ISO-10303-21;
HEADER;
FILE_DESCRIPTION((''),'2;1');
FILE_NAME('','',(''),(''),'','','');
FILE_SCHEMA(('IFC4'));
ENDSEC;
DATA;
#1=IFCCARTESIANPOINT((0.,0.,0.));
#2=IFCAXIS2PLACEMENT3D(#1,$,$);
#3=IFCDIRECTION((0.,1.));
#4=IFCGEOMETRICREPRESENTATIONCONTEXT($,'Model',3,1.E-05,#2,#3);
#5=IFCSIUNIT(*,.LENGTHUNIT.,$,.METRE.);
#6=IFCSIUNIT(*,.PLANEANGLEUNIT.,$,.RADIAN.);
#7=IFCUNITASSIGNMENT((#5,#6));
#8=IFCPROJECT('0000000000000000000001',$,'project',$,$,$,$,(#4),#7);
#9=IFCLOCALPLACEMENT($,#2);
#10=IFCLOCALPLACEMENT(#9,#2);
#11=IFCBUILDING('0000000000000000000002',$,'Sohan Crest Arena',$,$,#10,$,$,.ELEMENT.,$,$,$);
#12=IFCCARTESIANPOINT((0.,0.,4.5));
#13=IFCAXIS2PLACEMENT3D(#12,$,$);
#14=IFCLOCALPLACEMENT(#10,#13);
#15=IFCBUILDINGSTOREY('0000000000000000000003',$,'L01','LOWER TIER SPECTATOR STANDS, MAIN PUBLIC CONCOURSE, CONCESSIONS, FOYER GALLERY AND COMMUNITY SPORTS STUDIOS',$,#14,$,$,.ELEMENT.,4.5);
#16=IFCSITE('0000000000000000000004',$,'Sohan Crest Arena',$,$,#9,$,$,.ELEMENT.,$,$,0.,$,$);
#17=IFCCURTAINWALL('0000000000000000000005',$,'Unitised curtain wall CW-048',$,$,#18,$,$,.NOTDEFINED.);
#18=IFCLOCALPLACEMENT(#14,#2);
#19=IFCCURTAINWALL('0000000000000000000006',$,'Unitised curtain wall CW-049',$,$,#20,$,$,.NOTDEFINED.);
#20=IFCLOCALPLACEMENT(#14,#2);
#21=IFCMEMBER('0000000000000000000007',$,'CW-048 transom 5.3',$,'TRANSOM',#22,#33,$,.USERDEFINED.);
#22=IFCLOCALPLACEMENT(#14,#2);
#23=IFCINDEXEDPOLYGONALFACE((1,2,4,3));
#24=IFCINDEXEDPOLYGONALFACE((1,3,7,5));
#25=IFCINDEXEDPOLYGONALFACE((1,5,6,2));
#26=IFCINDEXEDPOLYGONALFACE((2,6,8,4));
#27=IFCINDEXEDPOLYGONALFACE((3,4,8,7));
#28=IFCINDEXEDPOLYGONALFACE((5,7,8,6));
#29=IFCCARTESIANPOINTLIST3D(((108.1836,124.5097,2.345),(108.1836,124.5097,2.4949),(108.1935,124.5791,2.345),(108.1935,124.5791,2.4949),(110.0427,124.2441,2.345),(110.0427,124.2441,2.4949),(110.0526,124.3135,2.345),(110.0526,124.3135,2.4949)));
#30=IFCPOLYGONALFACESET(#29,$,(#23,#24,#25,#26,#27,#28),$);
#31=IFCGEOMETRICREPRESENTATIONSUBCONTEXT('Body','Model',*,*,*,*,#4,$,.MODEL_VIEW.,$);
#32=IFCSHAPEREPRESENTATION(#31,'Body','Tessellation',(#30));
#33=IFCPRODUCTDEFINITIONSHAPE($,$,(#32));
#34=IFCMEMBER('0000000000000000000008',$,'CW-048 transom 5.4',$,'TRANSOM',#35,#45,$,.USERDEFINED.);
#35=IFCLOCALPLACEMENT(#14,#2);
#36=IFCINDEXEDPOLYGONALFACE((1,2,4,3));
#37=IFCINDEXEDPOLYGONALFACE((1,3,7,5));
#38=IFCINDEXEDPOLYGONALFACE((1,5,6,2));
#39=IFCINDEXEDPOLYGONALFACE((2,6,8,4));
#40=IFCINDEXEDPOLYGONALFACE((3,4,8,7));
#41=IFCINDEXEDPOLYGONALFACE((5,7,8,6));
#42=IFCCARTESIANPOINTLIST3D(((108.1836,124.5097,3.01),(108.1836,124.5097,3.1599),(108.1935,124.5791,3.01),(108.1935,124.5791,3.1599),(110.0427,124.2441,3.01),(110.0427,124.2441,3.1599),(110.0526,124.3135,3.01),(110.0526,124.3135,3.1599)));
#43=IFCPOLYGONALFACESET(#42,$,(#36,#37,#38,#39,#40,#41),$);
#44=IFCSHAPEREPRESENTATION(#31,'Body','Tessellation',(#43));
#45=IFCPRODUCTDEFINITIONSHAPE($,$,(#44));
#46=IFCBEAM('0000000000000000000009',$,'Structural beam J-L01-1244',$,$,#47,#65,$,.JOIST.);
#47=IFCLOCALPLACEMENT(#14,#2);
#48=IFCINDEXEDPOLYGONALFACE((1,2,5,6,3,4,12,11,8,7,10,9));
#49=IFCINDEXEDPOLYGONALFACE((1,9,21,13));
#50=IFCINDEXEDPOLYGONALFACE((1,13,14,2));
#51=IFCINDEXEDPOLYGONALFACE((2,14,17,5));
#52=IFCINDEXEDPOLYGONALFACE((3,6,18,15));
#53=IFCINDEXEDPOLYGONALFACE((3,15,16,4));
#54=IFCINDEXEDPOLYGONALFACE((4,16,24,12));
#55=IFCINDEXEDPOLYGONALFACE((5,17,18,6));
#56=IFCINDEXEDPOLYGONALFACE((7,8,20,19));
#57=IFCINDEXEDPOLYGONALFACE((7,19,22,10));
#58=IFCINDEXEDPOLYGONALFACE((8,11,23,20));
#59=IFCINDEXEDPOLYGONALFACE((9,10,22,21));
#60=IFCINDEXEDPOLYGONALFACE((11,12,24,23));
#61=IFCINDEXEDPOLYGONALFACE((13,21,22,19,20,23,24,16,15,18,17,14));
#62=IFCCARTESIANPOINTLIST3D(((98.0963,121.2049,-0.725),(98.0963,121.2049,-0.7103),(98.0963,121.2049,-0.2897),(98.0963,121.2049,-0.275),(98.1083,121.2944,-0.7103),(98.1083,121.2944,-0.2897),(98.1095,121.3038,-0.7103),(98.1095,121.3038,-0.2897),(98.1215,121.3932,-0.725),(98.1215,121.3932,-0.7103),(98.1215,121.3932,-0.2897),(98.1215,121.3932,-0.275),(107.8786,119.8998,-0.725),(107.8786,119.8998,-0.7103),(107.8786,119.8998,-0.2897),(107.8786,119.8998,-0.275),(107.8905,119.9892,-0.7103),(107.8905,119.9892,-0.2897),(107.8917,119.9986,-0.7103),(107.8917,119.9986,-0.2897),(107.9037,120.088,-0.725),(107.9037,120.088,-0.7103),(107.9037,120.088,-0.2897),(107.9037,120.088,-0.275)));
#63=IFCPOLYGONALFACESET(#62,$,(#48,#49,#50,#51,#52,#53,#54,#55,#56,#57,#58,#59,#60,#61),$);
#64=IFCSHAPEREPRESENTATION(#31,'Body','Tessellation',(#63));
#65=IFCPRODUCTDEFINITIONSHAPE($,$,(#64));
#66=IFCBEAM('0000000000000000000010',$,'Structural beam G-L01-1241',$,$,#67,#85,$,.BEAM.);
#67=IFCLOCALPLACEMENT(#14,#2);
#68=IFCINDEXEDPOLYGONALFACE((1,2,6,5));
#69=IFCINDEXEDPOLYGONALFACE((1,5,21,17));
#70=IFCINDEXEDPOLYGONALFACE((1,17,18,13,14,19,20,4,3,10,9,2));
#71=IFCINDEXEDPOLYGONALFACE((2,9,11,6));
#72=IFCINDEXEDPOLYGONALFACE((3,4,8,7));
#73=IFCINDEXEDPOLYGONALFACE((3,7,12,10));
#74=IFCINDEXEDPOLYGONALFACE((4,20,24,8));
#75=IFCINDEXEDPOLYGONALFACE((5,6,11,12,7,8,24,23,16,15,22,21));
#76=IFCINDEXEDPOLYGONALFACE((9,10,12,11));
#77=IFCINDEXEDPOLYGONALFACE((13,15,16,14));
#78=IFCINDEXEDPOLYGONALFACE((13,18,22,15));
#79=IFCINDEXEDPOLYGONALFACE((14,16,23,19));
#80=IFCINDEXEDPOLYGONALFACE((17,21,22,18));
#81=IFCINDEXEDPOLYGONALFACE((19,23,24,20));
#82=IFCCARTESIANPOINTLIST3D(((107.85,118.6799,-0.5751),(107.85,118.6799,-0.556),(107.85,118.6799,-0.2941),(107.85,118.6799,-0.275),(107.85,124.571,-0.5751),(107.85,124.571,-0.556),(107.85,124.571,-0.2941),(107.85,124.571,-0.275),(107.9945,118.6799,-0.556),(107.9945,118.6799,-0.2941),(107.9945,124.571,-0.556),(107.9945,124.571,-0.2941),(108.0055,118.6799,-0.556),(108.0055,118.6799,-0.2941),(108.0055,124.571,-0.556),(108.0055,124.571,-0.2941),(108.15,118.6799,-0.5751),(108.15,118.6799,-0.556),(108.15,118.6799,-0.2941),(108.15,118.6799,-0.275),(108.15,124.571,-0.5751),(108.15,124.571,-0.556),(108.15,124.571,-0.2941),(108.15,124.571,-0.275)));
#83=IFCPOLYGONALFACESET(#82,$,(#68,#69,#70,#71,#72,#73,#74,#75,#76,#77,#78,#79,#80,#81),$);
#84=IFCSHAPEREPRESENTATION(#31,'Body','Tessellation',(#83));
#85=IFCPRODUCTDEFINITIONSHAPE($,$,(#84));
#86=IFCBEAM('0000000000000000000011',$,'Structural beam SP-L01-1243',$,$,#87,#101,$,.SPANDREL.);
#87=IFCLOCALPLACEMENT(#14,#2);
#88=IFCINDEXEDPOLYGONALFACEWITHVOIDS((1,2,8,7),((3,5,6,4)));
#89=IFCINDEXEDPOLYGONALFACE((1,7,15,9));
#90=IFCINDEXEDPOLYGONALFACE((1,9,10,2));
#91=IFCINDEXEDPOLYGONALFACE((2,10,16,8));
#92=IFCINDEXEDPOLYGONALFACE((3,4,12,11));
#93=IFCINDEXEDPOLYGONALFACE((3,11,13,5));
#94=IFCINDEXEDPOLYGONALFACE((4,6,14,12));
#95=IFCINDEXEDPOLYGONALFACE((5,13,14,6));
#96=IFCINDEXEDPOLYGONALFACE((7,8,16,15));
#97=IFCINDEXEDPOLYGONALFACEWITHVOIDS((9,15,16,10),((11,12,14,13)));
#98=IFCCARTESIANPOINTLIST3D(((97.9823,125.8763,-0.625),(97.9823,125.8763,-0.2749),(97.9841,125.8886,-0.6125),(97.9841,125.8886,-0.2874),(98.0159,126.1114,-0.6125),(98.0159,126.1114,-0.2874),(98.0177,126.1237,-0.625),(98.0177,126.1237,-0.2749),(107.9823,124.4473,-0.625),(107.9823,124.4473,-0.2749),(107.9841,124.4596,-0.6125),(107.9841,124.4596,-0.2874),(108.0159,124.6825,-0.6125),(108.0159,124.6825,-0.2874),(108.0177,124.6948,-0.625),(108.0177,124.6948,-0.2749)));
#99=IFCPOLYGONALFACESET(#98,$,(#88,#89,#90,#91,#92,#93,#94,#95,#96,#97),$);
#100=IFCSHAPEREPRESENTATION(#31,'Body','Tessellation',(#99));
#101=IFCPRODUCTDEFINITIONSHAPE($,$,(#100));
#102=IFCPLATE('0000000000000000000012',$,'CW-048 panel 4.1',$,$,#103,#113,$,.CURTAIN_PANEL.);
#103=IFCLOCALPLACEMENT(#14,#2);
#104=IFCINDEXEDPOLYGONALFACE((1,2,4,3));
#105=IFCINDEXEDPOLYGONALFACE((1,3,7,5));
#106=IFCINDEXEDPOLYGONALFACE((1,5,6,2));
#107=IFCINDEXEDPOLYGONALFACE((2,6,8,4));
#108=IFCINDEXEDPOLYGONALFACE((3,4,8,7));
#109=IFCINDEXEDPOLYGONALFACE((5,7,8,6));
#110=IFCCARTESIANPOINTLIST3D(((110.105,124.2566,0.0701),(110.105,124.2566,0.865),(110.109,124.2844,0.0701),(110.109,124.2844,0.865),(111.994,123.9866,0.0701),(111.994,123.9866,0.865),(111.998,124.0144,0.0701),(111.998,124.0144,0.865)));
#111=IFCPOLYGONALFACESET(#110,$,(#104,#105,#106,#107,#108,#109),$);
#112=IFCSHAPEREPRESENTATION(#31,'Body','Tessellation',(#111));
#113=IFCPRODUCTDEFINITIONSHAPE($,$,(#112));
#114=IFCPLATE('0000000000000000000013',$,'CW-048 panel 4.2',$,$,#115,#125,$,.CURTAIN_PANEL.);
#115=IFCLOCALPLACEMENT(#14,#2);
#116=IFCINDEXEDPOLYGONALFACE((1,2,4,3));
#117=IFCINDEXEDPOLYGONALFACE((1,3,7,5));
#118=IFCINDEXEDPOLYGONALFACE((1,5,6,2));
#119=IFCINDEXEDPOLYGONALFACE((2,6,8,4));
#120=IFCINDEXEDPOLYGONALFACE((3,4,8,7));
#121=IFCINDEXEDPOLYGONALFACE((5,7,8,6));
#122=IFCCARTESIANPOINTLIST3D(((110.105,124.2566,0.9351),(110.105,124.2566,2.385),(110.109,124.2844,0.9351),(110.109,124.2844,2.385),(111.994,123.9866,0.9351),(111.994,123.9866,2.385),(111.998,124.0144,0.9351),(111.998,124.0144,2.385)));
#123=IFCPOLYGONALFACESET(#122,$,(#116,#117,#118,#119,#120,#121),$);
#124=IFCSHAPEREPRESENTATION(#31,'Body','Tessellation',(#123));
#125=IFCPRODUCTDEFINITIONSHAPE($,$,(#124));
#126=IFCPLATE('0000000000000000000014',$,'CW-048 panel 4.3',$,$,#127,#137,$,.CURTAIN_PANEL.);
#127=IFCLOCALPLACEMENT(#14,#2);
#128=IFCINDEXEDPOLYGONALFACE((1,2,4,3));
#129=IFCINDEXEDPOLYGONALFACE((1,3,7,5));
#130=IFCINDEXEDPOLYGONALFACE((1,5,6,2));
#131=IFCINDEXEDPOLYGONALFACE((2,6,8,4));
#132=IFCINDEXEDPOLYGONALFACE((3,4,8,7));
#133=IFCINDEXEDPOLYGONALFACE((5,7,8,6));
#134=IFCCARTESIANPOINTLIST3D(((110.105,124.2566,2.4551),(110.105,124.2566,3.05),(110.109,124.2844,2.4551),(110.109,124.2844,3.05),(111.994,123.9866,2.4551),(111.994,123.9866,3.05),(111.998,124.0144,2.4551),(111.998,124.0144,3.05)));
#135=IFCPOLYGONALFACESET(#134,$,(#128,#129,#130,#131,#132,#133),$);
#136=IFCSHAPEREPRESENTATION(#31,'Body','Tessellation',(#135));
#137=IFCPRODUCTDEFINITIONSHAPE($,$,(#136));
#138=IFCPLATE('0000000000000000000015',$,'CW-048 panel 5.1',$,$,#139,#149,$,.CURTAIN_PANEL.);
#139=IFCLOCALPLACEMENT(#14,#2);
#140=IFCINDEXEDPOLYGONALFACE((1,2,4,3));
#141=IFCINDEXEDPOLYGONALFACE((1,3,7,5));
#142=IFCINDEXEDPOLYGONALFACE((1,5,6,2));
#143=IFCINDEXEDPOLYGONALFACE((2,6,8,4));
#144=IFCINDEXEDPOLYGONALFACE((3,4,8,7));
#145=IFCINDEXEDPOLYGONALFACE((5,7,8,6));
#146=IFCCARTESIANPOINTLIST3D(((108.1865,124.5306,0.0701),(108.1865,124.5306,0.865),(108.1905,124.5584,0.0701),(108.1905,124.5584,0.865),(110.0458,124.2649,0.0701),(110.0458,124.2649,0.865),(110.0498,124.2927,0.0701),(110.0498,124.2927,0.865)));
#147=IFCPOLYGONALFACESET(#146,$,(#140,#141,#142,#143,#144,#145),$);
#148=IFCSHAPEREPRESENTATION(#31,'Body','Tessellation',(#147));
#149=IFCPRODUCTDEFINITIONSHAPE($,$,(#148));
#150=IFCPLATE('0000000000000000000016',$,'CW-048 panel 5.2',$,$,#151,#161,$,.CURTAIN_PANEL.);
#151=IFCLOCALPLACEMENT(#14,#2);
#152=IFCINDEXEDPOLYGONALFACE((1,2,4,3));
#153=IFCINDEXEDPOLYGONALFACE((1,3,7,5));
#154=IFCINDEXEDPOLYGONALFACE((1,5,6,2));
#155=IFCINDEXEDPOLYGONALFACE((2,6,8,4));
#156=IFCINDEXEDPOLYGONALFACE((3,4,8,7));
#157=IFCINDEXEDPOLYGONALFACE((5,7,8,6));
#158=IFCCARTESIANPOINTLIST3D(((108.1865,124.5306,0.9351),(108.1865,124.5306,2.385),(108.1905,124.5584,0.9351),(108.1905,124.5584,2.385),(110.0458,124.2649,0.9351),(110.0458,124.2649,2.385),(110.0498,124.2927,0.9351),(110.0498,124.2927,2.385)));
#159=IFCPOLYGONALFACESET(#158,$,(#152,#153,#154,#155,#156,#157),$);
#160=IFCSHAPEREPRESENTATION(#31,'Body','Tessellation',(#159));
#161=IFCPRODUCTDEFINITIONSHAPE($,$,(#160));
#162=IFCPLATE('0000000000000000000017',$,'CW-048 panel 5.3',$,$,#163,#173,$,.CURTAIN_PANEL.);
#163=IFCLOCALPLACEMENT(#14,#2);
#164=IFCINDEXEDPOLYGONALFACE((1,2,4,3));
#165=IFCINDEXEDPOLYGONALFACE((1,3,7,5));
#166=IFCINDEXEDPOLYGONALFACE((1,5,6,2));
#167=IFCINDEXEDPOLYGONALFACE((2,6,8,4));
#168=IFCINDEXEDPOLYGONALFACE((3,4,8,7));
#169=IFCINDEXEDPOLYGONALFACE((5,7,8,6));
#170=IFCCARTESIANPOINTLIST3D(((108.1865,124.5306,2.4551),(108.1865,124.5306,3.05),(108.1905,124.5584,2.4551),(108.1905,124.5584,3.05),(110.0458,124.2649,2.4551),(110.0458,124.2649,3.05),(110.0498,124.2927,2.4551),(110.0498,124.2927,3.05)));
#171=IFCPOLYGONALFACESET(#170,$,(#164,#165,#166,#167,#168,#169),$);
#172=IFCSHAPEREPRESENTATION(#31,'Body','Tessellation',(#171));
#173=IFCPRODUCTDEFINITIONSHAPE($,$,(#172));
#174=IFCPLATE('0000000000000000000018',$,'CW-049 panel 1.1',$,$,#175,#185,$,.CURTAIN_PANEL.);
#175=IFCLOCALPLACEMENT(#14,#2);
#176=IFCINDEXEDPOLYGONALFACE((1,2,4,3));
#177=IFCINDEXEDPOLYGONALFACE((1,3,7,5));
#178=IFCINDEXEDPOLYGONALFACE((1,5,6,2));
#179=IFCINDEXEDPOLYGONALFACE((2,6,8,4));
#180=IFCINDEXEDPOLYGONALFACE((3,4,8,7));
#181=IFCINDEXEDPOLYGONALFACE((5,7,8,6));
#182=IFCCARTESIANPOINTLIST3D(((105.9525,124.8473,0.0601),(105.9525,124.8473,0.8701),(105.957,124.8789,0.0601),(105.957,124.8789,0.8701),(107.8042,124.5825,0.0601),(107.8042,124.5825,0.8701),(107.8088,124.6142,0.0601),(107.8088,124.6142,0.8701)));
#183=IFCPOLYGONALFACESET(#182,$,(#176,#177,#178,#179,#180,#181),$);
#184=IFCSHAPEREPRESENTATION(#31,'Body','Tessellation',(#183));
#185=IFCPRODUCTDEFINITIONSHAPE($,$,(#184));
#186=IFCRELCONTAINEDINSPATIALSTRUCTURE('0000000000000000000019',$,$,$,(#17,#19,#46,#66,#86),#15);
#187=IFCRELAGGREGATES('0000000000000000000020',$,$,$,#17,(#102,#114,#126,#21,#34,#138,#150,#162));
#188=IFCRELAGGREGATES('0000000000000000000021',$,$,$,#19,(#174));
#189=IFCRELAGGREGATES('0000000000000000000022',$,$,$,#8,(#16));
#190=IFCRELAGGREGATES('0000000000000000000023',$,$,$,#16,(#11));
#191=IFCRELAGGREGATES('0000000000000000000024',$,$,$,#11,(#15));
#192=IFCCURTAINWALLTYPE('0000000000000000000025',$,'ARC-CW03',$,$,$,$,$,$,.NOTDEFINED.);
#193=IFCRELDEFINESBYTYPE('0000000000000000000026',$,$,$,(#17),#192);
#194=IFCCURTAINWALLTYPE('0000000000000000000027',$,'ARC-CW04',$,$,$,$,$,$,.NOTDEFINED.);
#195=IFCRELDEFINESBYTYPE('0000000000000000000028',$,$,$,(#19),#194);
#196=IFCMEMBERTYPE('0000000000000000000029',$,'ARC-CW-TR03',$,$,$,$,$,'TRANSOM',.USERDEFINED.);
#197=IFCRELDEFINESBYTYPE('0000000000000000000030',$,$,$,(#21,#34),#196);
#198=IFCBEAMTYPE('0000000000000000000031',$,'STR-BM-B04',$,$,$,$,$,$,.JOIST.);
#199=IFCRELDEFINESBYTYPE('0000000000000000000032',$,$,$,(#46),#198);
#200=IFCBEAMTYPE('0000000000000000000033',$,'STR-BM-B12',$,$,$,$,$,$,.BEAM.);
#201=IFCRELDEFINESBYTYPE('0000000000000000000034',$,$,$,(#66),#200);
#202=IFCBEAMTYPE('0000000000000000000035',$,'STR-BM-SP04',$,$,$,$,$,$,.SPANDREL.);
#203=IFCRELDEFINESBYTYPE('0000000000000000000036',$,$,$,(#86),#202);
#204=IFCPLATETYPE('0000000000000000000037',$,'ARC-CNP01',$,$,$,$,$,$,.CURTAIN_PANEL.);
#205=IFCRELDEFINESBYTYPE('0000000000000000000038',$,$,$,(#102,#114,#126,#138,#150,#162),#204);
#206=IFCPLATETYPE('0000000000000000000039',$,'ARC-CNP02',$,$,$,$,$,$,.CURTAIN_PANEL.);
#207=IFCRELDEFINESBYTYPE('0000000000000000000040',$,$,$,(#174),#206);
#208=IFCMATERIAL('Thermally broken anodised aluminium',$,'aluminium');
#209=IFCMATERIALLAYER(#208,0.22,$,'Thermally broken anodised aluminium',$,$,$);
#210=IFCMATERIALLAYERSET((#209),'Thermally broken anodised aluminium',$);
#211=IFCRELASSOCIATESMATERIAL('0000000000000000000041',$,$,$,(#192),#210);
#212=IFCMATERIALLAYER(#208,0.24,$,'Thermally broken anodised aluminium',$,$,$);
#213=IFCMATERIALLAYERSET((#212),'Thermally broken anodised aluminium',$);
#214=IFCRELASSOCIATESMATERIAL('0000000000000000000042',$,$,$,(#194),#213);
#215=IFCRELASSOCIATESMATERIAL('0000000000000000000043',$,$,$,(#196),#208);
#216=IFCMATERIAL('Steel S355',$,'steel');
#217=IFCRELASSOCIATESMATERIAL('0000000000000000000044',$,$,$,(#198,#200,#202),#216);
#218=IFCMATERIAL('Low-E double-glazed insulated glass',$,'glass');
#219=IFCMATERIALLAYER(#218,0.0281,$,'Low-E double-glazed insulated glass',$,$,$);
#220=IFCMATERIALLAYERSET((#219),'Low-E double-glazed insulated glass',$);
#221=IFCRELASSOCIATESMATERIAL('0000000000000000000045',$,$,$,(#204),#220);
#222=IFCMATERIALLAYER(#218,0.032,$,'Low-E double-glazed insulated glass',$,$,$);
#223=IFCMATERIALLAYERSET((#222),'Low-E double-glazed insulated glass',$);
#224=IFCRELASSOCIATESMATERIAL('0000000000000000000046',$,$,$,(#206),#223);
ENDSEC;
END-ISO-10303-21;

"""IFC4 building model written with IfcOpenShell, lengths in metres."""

from ifc_helpers import new_model, si_unit, direction, frame, origin, origin_2d, place, context, subcontext, project, spatial, rectangle, hollow_rectangle, i_section, extrude, material, layer, layer_set, material_profile, profile_set, type_object, element, aggregate, save


model = new_model("IFC4")

# Units and contexts
model_context = context("Model", 3, precision=1e-05, world=origin(), true_north=direction((0.0, 1.0)))
body_context = subcontext(model_context, "Body", "Model", "MODEL_VIEW")
ifc_project = project(units=[si_unit("LENGTHUNIT", "METRE"), si_unit("PLANEANGLEUNIT", "RADIAN")], contexts=[model_context])

# Site, building, storey
site_placement = place(None, origin())
site = spatial("IfcSite", under=ifc_project, at=site_placement, Name="Sohan Crest Arena", CompositionType="ELEMENT", RefElevation=0.0)
building_placement = place(site_placement, origin())
building = spatial("IfcBuilding", under=site, at=building_placement, Name="Sohan Crest Arena", CompositionType="ELEMENT")
storey_placement = place(building_placement, frame((0.0, 0.0, 4.5)))
storey = spatial("IfcBuildingStorey", under=building, at=storey_placement, Name="L01", Description="LOWER TIER SPECTATOR STANDS, MAIN PUBLIC CONCOURSE, CONCESSIONS, FOYER GALLERY AND COMMUNITY SPORTS STUDIOS", CompositionType="ELEMENT", Elevation=4.5)

# Shared definitions
ifc_material_1 = material(Name="Steel S355", Category="steel")

# Curtain walls
ifc_material_2 = material(Name="Thermally broken anodised aluminium", Category="aluminium")
ifc_layer_1 = layer(ifc_material_2, 0.22, Name="Thermally broken anodised aluminium")
ifc_layer_set_1 = layer_set([ifc_layer_1], Name="Thermally broken anodised aluminium")
curtain_wall_type_1 = type_object("IfcCurtainWallType", Name="ARC-CW03", PredefinedType="NOTDEFINED", material=ifc_layer_set_1)
curtain_wall_1_placement = place(storey_placement, origin())
curtain_wall_1 = element("IfcCurtainWall", 1, at=curtain_wall_1_placement, inside=storey, type_object=curtain_wall_type_1, Name="Unitised curtain wall CW-048", PredefinedType="NOTDEFINED")
ifc_layer_2 = layer(ifc_material_2, 0.24, Name="Thermally broken anodised aluminium")
ifc_layer_set_2 = layer_set([ifc_layer_2], Name="Thermally broken anodised aluminium")
curtain_wall_type_2 = type_object("IfcCurtainWallType", Name="ARC-CW04", PredefinedType="NOTDEFINED", material=ifc_layer_set_2)
curtain_wall_2_placement = place(storey_placement, origin())
curtain_wall_2 = element("IfcCurtainWall", 2, at=curtain_wall_2_placement, inside=storey, type_object=curtain_wall_type_2, Name="Unitised curtain wall CW-049", PredefinedType="NOTDEFINED")

# Members
ifc_material_profile_1 = material_profile(ifc_material_2, rectangle(XDim=0.0701, YDim=0.1499, at=origin_2d()), Name="ALU-TRAN 70x150")
ifc_profile_set_1 = profile_set([ifc_material_profile_1], Name="Thermally broken anodised aluminium")
member_type_1 = type_object("IfcMemberType", Name="ARC-CW-TR03", ElementType="TRANSOM", PredefinedType="USERDEFINED", material=ifc_profile_set_1)
member_1_placement = place(storey_placement, frame((110.0476, 124.2788, 2.4199), z_axis=(-0.989947, 0.14144, 0.0), x_axis=(-0.14144, -0.989947, 0.0)))
member_1 = element("IfcMember", 3, at=member_1_placement, type_object=member_type_1, Name="CW-048 transom 5.3", ObjectType="TRANSOM", PredefinedType="USERDEFINED", context=body_context, shape_type="SweptSolid", body=[
    extrude(rectangle(XDim=0.0701, YDim=0.1499, at=origin_2d()), origin(), (0.0, 0.0, 1.0), 1.8779),
])
member_2_placement = place(storey_placement, frame((110.0476, 124.2788, 3.085), z_axis=(-0.989947, 0.14144, 0.0), x_axis=(-0.14144, -0.989947, 0.0)))
member_2 = element("IfcMember", 4, at=member_2_placement, type_object=member_type_1, Name="CW-048 transom 5.4", ObjectType="TRANSOM", PredefinedType="USERDEFINED", context=body_context, shape_type="SweptSolid", body=[
    extrude(rectangle(XDim=0.0701, YDim=0.1499, at=origin_2d()), origin(), (0.0, 0.0, 1.0), 1.8779),
])

# Beams
ifc_material_profile_2 = material_profile(ifc_material_1, i_section(OverallWidth=0.1899, OverallDepth=0.45, WebThickness=0.0095, FlangeThickness=0.0146, at=origin_2d()), Name="IPE 450")
ifc_profile_set_2 = profile_set([ifc_material_profile_2], Name="Steel S355")
beam_type_1 = type_object("IfcBeamType", Name="STR-BM-B04", PredefinedType="JOIST", material=ifc_profile_set_2)
beam_1_placement = place(storey_placement, frame((107.8911, 119.9939, -0.5), z_axis=(-0.991216, 0.132251, 0.0), x_axis=(-0.132251, -0.991216, 0.0)))
element("IfcBeam", 5, at=beam_1_placement, inside=storey, type_object=beam_type_1, Name="Structural beam J-L01-1244", PredefinedType="JOIST", context=body_context, shape_type="SweptSolid", body=[
    extrude(i_section(OverallWidth=0.1899, OverallDepth=0.45, WebThickness=0.0095, FlangeThickness=0.0146, at=origin_2d()), origin(), (0.0, 0.0, 1.0), 9.8689),
])
ifc_material_profile_3 = material_profile(ifc_material_1, i_section(OverallWidth=0.3, OverallDepth=0.3, WebThickness=0.011, FlangeThickness=0.019, at=origin_2d()), Name="HEB 300")
ifc_profile_set_3 = profile_set([ifc_material_profile_3], Name="Steel S355")
beam_type_2 = type_object("IfcBeamType", Name="STR-BM-B12", PredefinedType="BEAM", material=ifc_profile_set_3)
beam_2_placement = place(storey_placement, frame((108.0, 118.6799, -0.425), z_axis=(0.0, 1.0, 0.0), x_axis=(-1.0, 0.0, 0.0)))
element("IfcBeam", 6, at=beam_2_placement, inside=storey, type_object=beam_type_2, Name="Structural beam G-L01-1241", PredefinedType="BEAM", context=body_context, shape_type="SweptSolid", body=[
    extrude(i_section(OverallWidth=0.3, OverallDepth=0.3, WebThickness=0.011, FlangeThickness=0.019, at=origin_2d()), origin(), (0.0, 0.0, 1.0), 5.8911),
])
ifc_material_profile_4 = material_profile(ifc_material_1, hollow_rectangle(XDim=0.25, YDim=0.3501, WallThickness=0.0125, at=origin_2d()), Name="RHS 350x250x12.5")
ifc_profile_set_4 = profile_set([ifc_material_profile_4], Name="Steel S355")
beam_type_3 = type_object("IfcBeamType", Name="STR-BM-SP04", PredefinedType="SPANDREL", material=ifc_profile_set_4)
beam_3_placement = place(storey_placement, frame((108.0, 124.571, -0.45), z_axis=(-0.989944, 0.141459, 0.0), x_axis=(-0.141459, -0.989944, 0.0)))
element("IfcBeam", 7, at=beam_3_placement, inside=storey, type_object=beam_type_3, Name="Structural beam SP-L01-1243", PredefinedType="SPANDREL", context=body_context, shape_type="SweptSolid", body=[
    extrude(hollow_rectangle(XDim=0.25, YDim=0.3501, WallThickness=0.0125, at=origin_2d()), origin(), (0.0, 0.0, 1.0), 10.1016),
])

# Plates
ifc_material_3 = material(Name="Low-E double-glazed insulated glass", Category="glass")
ifc_layer_3 = layer(ifc_material_3, 0.0281, Name="Low-E double-glazed insulated glass")
ifc_layer_set_3 = layer_set([ifc_layer_3], Name="Low-E double-glazed insulated glass")
plate_type_1 = type_object("IfcPlateType", Name="ARC-CNP01", PredefinedType="CURTAIN_PANEL", material=ifc_layer_set_3)
plate_1_placement = place(storey_placement, frame((111.0515, 124.1355, 0.0701), z_axis=(0.0, 0.0, 1.0), x_axis=(-0.989945, 0.14145, 0.0)))
plate_1 = element("IfcPlate", 8, at=plate_1_placement, type_object=plate_type_1, Name="CW-048 panel 4.1", PredefinedType="CURTAIN_PANEL", context=body_context, shape_type="SweptSolid", body=[
    extrude(rectangle(XDim=1.9082, YDim=0.0281, at=origin_2d()), origin(), (0.0, 0.0, 1.0), 0.7949),
])
plate_2_placement = place(storey_placement, frame((111.0515, 124.1355, 0.9351), z_axis=(0.0, 0.0, 1.0), x_axis=(-0.989945, 0.14145, 0.0)))
plate_2 = element("IfcPlate", 9, at=plate_2_placement, type_object=plate_type_1, Name="CW-048 panel 4.2", PredefinedType="CURTAIN_PANEL", context=body_context, shape_type="SweptSolid", body=[
    extrude(rectangle(XDim=1.9082, YDim=0.0281, at=origin_2d()), origin(), (0.0, 0.0, 1.0), 1.45),
])
plate_3_placement = place(storey_placement, frame((111.0515, 124.1355, 2.4551), z_axis=(0.0, 0.0, 1.0), x_axis=(-0.989945, 0.14145, 0.0)))
plate_3 = element("IfcPlate", 10, at=plate_3_placement, type_object=plate_type_1, Name="CW-048 panel 4.3", PredefinedType="CURTAIN_PANEL", context=body_context, shape_type="SweptSolid", body=[
    extrude(rectangle(XDim=1.9082, YDim=0.0281, at=origin_2d()), origin(), (0.0, 0.0, 1.0), 0.595),
])
plate_4_placement = place(storey_placement, frame((109.1182, 124.4116, 0.0701), z_axis=(0.0, 0.0, 1.0), x_axis=(-0.989945, 0.14145, 0.0)))
plate_4 = element("IfcPlate", 11, at=plate_4_placement, type_object=plate_type_1, Name="CW-048 panel 5.1", PredefinedType="CURTAIN_PANEL", context=body_context, shape_type="SweptSolid", body=[
    extrude(rectangle(XDim=1.8782, YDim=0.0281, at=origin_2d()), origin(), (0.0, 0.0, 1.0), 0.7949),
])
plate_5_placement = place(storey_placement, frame((109.1182, 124.4116, 0.9351), z_axis=(0.0, 0.0, 1.0), x_axis=(-0.989945, 0.14145, 0.0)))
plate_5 = element("IfcPlate", 12, at=plate_5_placement, type_object=plate_type_1, Name="CW-048 panel 5.2", PredefinedType="CURTAIN_PANEL", context=body_context, shape_type="SweptSolid", body=[
    extrude(rectangle(XDim=1.8782, YDim=0.0281, at=origin_2d()), origin(), (0.0, 0.0, 1.0), 1.45),
])
plate_6_placement = place(storey_placement, frame((109.1182, 124.4116, 2.4551), z_axis=(0.0, 0.0, 1.0), x_axis=(-0.989945, 0.14145, 0.0)))
plate_6 = element("IfcPlate", 13, at=plate_6_placement, type_object=plate_type_1, Name="CW-048 panel 5.3", PredefinedType="CURTAIN_PANEL", context=body_context, shape_type="SweptSolid", body=[
    extrude(rectangle(XDim=1.8782, YDim=0.0281, at=origin_2d()), origin(), (0.0, 0.0, 1.0), 0.595),
])
aggregate(curtain_wall_1, [plate_1, plate_2, plate_3, member_1, member_2, plate_4, plate_5, plate_6])
ifc_layer_4 = layer(ifc_material_3, 0.032, Name="Low-E double-glazed insulated glass")
ifc_layer_set_4 = layer_set([ifc_layer_4], Name="Low-E double-glazed insulated glass")
plate_type_2 = type_object("IfcPlateType", Name="ARC-CNP02", PredefinedType="CURTAIN_PANEL", material=ifc_layer_set_4)
plate_7_placement = place(storey_placement, frame((106.8806, 124.7307, 0.0601), z_axis=(0.0, 0.0, 1.0), x_axis=(-0.989931, 0.141549, 0.0)))
plate_7 = element("IfcPlate", 14, at=plate_7_placement, type_object=plate_type_2, Name="CW-049 panel 1.1", PredefinedType="CURTAIN_PANEL", context=body_context, shape_type="SweptSolid", body=[
    extrude(rectangle(XDim=1.8706, YDim=0.032, at=origin_2d()), origin(), (0.0, 0.0, 1.0), 0.8101),
])
aggregate(curtain_wall_2, [plate_7])

save(model, "model.ifc")
